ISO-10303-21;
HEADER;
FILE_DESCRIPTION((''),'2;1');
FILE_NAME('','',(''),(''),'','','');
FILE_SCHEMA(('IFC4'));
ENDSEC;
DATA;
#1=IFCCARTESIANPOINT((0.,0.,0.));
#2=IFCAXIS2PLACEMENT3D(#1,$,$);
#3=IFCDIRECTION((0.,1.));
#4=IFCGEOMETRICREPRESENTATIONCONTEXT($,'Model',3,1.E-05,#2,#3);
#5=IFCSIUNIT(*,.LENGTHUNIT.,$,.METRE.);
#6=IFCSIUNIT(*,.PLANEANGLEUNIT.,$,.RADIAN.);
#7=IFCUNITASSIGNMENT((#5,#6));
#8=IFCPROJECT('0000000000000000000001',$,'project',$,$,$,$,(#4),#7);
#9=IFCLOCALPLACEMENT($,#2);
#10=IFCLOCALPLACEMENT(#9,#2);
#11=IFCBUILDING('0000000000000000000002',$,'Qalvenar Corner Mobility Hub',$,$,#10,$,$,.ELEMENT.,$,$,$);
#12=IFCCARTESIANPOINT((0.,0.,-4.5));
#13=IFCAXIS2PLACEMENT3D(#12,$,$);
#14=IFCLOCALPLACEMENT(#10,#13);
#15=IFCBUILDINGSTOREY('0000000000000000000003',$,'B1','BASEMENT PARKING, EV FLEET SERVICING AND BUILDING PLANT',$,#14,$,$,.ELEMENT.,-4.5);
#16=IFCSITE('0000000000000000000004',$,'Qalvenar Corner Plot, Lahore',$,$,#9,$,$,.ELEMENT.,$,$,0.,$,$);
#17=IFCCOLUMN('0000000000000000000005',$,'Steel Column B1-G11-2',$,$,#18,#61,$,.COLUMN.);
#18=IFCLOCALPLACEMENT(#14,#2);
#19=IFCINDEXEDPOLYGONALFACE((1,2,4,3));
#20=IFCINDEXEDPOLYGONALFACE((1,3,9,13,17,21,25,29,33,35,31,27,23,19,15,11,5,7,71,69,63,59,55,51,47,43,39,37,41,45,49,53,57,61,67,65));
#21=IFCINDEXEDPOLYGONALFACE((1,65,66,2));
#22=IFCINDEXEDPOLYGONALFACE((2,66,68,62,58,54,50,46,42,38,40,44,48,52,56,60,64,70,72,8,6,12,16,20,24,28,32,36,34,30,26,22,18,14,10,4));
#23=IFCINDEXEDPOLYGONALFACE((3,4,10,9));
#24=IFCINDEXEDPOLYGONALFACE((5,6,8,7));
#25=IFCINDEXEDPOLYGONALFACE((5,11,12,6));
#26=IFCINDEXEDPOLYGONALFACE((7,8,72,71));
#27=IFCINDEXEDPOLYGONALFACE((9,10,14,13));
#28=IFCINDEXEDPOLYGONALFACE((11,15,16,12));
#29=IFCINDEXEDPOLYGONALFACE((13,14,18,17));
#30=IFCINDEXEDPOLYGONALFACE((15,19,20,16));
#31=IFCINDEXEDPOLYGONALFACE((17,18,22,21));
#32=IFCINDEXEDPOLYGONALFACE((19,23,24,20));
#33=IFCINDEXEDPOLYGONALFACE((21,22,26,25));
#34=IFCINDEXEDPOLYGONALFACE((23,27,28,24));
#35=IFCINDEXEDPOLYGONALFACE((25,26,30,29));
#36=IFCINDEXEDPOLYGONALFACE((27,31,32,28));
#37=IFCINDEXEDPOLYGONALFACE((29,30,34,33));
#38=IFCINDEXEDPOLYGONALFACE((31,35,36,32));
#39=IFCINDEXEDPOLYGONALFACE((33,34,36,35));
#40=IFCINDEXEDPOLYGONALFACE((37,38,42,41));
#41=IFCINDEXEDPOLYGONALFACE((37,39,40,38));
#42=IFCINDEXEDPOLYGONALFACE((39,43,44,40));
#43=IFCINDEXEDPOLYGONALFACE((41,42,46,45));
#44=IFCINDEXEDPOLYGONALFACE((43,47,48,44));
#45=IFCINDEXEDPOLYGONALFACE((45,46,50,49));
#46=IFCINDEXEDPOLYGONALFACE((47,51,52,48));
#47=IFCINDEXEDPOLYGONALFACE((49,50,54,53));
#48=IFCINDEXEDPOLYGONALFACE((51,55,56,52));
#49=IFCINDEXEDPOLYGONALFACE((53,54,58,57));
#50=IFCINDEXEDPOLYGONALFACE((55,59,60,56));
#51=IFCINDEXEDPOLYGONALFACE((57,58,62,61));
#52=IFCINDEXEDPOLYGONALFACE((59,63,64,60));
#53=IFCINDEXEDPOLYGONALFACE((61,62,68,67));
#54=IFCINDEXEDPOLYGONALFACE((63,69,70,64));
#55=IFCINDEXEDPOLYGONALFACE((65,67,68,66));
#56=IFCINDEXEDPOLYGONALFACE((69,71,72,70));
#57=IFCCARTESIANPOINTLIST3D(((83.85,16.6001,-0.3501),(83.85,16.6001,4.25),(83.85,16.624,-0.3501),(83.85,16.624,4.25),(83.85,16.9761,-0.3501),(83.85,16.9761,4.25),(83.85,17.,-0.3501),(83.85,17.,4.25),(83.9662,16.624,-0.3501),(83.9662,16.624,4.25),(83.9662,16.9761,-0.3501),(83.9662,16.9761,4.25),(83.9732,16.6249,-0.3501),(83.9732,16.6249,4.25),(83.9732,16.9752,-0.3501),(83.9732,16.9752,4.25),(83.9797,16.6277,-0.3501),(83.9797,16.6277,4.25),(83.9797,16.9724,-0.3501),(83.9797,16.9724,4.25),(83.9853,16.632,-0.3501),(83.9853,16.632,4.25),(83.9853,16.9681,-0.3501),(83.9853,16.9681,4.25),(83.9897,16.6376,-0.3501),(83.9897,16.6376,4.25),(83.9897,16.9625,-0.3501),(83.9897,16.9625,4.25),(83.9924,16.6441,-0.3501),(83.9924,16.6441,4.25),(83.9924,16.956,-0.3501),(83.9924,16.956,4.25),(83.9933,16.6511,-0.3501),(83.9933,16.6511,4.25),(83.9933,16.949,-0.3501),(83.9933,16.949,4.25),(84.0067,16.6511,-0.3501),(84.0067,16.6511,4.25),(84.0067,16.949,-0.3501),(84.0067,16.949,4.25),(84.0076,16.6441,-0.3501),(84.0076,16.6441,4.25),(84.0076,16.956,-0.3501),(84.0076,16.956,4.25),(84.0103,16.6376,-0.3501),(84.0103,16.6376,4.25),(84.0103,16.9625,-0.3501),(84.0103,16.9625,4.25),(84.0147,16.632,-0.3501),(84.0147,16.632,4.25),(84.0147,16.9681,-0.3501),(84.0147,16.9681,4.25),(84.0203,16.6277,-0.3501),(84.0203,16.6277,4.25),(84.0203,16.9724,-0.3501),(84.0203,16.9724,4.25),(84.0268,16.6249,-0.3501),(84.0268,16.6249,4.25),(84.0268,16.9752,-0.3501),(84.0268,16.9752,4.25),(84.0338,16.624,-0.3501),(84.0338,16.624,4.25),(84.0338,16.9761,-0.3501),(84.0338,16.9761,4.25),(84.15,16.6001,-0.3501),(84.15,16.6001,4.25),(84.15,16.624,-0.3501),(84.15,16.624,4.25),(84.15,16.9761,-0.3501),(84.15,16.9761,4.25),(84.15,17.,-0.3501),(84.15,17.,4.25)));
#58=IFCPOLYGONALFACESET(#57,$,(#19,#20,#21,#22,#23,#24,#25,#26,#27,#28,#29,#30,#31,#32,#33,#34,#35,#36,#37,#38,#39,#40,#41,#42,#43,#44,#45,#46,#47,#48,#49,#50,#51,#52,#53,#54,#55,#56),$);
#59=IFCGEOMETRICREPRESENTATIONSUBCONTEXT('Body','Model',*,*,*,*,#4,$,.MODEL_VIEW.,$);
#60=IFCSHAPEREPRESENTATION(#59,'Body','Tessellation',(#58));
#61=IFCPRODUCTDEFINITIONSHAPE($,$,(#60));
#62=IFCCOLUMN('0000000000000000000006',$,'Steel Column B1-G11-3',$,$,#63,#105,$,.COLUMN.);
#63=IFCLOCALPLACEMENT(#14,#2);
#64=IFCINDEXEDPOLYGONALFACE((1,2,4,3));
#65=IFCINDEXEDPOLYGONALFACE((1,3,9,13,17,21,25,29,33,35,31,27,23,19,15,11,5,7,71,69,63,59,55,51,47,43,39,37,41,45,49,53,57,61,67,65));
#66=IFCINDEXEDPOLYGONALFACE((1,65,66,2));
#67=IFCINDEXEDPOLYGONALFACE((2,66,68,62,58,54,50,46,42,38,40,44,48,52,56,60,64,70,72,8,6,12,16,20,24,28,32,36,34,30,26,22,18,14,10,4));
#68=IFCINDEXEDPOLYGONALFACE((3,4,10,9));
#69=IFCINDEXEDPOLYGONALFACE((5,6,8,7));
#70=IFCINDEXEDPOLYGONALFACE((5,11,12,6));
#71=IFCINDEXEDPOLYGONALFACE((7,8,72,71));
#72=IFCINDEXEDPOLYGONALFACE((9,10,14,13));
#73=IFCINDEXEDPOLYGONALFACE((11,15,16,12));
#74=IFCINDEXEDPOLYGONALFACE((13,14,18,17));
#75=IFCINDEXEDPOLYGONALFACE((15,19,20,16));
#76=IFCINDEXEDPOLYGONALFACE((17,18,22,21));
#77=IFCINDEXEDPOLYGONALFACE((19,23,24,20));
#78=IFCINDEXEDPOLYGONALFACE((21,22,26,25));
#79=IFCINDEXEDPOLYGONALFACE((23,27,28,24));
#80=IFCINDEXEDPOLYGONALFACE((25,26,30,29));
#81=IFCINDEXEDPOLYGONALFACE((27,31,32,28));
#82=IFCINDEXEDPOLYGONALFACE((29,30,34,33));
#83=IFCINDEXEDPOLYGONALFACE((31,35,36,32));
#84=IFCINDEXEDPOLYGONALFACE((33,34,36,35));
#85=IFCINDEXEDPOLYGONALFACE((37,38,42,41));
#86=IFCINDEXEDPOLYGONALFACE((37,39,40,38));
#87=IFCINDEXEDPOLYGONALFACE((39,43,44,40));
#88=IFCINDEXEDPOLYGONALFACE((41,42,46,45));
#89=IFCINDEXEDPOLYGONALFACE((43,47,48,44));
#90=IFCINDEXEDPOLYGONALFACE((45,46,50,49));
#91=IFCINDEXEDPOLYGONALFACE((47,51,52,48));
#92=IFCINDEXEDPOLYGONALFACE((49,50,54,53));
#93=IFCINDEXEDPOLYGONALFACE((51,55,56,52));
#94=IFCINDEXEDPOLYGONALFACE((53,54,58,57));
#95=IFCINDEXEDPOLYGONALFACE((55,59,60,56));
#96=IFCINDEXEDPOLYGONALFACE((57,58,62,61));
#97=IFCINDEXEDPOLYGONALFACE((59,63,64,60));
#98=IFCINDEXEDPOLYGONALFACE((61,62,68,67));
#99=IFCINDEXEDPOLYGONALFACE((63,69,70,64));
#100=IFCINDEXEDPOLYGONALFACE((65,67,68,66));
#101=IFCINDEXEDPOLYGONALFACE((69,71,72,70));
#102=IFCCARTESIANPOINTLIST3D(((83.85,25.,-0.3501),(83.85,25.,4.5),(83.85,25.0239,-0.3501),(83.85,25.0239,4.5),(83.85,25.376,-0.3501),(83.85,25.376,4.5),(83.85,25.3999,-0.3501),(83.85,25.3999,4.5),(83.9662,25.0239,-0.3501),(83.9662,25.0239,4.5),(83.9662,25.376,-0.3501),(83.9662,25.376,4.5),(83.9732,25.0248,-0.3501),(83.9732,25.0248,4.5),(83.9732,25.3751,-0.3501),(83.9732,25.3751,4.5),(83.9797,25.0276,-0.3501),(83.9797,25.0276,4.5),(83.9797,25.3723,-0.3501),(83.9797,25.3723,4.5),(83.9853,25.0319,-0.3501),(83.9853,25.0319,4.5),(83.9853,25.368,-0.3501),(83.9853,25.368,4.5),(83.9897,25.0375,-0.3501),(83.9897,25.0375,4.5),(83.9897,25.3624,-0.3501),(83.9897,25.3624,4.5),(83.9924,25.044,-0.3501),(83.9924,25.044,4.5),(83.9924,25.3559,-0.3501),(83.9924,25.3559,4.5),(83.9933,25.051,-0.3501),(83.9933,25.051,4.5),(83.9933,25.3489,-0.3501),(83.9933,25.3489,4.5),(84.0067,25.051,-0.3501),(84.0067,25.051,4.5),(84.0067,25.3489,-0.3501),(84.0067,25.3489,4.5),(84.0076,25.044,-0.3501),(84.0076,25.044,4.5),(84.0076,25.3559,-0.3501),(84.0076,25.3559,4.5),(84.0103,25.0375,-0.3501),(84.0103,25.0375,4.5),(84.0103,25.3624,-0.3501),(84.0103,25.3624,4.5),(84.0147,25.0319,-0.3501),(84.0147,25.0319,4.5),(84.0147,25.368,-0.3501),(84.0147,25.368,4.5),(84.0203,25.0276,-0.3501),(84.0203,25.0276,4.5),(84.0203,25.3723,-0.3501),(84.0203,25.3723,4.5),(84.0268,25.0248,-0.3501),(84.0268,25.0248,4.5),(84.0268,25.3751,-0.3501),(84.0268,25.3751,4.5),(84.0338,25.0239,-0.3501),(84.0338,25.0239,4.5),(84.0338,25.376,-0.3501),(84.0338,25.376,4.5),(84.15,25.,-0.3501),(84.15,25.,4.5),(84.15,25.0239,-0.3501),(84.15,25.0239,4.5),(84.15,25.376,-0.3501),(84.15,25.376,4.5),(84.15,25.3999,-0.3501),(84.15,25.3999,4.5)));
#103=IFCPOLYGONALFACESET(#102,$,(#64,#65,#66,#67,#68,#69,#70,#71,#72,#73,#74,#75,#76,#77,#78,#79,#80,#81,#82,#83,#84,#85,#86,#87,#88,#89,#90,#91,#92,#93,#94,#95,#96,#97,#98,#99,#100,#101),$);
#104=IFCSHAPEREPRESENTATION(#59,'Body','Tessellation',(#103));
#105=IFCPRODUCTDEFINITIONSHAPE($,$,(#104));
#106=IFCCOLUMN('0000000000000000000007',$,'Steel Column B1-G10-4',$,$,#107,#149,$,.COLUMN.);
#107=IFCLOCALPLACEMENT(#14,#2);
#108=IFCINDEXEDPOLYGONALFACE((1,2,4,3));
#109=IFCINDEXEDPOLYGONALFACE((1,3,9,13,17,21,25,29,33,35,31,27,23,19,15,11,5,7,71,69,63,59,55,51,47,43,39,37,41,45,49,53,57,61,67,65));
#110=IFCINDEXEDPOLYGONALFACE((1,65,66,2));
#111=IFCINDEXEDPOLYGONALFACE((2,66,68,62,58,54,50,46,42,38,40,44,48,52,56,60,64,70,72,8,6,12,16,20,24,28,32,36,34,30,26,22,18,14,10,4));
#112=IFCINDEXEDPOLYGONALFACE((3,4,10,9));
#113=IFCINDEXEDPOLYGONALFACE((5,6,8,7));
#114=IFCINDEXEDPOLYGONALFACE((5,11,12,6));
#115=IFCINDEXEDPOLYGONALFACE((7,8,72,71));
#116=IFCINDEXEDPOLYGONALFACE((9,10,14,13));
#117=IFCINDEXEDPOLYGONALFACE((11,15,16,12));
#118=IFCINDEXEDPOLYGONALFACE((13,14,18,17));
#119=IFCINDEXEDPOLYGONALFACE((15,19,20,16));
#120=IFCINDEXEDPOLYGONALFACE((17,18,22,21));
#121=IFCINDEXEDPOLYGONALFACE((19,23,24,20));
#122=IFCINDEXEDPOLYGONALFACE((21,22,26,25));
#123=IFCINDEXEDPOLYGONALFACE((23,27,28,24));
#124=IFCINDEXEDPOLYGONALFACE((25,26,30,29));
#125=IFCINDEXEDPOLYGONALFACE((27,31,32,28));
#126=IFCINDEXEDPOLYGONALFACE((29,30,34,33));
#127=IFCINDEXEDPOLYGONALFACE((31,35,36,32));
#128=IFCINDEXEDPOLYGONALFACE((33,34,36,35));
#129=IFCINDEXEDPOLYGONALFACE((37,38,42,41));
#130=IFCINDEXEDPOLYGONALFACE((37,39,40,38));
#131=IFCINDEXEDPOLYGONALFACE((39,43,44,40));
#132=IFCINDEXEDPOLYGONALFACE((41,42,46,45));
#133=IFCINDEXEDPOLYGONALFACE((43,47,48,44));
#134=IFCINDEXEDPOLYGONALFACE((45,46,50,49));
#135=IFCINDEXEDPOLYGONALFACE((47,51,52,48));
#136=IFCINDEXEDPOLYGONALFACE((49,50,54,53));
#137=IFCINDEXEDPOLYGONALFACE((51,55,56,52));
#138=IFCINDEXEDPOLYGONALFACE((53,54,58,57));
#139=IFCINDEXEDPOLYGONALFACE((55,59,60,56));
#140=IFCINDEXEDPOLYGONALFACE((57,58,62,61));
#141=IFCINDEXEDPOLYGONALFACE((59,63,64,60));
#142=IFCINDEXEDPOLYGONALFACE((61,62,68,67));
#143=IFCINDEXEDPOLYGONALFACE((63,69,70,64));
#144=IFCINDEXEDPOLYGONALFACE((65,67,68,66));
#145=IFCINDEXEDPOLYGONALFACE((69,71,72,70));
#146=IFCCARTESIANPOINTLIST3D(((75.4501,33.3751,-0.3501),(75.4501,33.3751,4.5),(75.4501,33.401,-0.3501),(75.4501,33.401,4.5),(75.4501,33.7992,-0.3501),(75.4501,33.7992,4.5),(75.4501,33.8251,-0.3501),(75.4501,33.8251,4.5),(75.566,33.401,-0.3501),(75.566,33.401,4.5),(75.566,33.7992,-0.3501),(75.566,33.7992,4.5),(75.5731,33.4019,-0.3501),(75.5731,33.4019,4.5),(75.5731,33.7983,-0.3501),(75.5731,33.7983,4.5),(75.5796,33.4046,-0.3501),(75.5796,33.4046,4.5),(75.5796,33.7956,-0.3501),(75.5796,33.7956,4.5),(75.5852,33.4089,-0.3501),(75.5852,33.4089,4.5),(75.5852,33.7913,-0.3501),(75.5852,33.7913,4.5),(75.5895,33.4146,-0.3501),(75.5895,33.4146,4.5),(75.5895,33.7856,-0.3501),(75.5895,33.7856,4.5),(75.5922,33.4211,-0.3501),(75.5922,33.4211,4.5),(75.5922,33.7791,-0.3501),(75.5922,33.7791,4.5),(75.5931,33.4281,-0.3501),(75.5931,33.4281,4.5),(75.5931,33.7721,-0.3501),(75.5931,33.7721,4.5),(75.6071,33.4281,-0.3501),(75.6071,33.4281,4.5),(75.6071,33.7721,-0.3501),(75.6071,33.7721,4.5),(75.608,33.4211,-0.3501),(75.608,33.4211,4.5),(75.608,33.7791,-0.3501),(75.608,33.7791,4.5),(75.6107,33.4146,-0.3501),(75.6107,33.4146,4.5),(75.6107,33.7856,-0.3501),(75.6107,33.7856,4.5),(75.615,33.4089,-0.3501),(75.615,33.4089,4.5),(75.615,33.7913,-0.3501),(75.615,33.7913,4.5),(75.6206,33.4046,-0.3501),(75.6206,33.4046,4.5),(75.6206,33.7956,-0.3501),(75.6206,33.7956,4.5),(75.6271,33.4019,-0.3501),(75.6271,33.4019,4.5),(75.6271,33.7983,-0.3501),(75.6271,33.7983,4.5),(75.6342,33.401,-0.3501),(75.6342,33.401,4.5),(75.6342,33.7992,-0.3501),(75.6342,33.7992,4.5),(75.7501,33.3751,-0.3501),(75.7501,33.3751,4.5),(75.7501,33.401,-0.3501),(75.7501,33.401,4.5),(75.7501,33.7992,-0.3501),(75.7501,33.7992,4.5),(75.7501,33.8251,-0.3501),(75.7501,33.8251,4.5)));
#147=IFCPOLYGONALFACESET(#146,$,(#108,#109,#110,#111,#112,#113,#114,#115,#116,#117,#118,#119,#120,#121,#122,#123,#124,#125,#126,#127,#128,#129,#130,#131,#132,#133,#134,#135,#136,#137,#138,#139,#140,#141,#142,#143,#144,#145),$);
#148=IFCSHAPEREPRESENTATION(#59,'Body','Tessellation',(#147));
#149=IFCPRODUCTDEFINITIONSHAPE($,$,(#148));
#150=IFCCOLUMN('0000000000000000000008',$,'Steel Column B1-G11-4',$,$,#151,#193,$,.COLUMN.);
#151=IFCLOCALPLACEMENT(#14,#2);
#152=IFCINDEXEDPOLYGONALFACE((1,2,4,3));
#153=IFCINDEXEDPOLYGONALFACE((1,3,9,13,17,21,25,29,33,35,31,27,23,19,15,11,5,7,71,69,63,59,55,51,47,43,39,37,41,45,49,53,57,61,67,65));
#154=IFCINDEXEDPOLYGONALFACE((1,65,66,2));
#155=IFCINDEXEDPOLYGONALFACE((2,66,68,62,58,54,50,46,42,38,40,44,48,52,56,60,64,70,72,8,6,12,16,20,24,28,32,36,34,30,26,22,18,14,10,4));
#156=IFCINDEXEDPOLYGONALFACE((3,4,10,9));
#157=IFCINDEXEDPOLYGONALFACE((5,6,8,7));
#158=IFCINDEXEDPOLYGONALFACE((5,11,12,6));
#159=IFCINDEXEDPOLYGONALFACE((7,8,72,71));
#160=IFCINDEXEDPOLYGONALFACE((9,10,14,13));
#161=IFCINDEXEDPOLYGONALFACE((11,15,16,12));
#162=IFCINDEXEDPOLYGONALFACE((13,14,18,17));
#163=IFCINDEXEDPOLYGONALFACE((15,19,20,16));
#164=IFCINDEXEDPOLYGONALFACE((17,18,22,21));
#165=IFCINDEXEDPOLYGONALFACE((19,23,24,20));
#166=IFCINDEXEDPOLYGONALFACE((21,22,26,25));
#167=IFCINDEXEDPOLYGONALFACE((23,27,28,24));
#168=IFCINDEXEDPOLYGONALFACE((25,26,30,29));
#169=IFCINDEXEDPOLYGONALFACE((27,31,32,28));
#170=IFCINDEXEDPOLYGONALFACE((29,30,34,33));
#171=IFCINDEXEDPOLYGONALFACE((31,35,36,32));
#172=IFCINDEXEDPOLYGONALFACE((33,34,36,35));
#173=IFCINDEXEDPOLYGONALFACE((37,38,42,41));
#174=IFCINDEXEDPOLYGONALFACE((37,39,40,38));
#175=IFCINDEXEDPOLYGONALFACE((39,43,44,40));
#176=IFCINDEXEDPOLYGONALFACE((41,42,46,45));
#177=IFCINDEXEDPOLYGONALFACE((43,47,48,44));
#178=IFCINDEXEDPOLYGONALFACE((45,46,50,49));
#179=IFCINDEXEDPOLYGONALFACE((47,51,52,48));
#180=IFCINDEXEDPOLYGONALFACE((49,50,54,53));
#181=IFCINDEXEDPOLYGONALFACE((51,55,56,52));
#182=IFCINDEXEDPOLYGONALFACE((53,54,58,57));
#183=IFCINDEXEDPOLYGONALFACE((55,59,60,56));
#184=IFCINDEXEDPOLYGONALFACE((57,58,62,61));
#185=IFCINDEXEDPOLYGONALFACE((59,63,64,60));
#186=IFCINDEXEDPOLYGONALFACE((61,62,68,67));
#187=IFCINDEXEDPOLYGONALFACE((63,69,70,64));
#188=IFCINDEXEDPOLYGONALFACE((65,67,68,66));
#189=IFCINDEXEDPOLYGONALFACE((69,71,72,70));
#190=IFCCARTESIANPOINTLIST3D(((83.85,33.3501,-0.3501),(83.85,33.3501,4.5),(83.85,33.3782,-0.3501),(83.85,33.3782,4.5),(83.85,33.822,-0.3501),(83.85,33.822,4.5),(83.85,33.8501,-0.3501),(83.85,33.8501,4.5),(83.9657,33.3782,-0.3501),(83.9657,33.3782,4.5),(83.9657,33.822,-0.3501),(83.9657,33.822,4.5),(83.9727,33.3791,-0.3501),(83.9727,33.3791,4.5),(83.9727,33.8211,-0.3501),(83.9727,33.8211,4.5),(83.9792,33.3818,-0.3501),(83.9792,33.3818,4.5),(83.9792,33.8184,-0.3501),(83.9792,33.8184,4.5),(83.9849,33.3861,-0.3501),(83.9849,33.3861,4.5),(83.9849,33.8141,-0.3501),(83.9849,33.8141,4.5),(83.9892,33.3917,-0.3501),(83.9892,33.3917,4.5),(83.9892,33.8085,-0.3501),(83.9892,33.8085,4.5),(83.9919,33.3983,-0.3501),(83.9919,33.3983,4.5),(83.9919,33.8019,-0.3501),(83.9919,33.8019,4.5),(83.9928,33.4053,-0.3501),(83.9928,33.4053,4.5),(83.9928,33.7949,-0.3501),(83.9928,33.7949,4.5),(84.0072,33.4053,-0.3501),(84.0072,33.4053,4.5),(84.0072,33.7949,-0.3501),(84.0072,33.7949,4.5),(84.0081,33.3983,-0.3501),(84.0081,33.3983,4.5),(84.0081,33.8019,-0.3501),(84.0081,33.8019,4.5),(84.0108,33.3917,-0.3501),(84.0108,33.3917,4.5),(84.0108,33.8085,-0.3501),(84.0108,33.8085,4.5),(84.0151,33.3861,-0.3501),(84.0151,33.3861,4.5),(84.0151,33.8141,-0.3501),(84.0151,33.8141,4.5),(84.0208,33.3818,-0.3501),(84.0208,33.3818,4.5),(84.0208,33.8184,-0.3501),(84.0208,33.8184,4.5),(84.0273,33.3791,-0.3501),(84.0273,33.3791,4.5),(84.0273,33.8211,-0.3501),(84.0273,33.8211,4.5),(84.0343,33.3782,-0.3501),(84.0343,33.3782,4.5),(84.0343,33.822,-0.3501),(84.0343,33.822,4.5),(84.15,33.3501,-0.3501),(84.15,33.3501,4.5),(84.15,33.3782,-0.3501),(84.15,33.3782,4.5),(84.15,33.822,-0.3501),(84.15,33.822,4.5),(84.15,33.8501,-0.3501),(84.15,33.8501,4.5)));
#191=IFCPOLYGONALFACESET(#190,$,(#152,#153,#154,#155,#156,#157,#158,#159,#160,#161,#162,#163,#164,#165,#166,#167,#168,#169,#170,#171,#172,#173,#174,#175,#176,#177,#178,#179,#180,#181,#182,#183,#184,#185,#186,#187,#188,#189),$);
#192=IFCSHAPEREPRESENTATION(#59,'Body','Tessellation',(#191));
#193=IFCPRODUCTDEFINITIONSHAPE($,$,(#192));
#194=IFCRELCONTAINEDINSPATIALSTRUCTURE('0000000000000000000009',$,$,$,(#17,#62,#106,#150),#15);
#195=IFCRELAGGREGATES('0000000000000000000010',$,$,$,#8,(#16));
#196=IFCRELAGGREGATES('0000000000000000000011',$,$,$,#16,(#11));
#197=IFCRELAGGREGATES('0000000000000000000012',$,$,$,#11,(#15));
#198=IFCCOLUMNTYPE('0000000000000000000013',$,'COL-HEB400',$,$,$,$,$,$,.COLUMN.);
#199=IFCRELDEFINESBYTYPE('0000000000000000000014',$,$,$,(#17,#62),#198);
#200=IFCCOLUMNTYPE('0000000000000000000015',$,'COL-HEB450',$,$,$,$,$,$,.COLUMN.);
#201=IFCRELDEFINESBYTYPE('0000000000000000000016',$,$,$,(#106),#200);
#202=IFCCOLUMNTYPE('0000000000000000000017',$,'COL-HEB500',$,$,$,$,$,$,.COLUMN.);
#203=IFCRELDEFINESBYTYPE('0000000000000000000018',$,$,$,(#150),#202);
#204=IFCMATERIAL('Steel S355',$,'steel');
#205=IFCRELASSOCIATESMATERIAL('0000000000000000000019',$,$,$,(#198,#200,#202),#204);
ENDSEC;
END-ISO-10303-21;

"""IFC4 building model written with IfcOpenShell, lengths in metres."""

from ifc_helpers import new_model, si_unit, direction, frame, origin, origin_2d, place, context, subcontext, project, spatial, i_section, extrude, material, material_profile, profile_set, type_object, element, save


model = new_model("IFC4")

# Units and contexts
model_context = context("Model", 3, precision=1e-05, world=origin(), true_north=direction((0.0, 1.0)))
body_context = subcontext(model_context, "Body", "Model", "MODEL_VIEW")
ifc_project = project(units=[si_unit("LENGTHUNIT", "METRE"), si_unit("PLANEANGLEUNIT", "RADIAN")], contexts=[model_context])

# Site, building, storey
site_placement = place(None, origin())
site = spatial("IfcSite", under=ifc_project, at=site_placement, Name="Qalvenar Corner Plot, Lahore", CompositionType="ELEMENT", RefElevation=0.0)
building_placement = place(site_placement, origin())
building = spatial("IfcBuilding", under=site, at=building_placement, Name="Qalvenar Corner Mobility Hub", CompositionType="ELEMENT")
storey_placement = place(building_placement, frame((0.0, 0.0, -4.5)))
storey = spatial("IfcBuildingStorey", under=building, at=storey_placement, Name="B1", Description="BASEMENT PARKING, EV FLEET SERVICING AND BUILDING PLANT", CompositionType="ELEMENT", Elevation=-4.5)

# Columns
ifc_material_1 = material(Name="Steel S355", Category="steel")
ifc_material_profile_1 = material_profile(ifc_material_1, i_section(OverallWidth=0.3, OverallDepth=0.3999, WebThickness=0.0134, FlangeThickness=0.0239, FilletRadius=0.0271, at=origin_2d()), Name="HEB400")
ifc_profile_set_1 = profile_set([ifc_material_profile_1], Name="Steel S355")
column_type_1 = type_object("IfcColumnType", Name="COL-HEB400", PredefinedType="COLUMN", material=ifc_profile_set_1)
column_1_placement = place(storey_placement, frame((84.0, 16.8, -0.3501), z_axis=(0.0, 0.0, 1.0), x_axis=(1.0, 0.0, 0.0)))
element("IfcColumn", 1, at=column_1_placement, inside=storey, type_object=column_type_1, Name="Steel Column B1-G11-2", PredefinedType="COLUMN", context=body_context, shape_type="SweptSolid", body=[
    extrude(i_section(OverallWidth=0.3, OverallDepth=0.3999, WebThickness=0.0134, FlangeThickness=0.0239, FilletRadius=0.0271, at=origin_2d()), origin(), (0.0, 0.0, 1.0), 4.6001),
])
column_2_placement = place(storey_placement, frame((84.0, 25.2, -0.3501), z_axis=(0.0, 0.0, 1.0), x_axis=(1.0, 0.0, 0.0)))
element("IfcColumn", 2, at=column_2_placement, inside=storey, type_object=column_type_1, Name="Steel Column B1-G11-3", PredefinedType="COLUMN", context=body_context, shape_type="SweptSolid", body=[
    extrude(i_section(OverallWidth=0.3, OverallDepth=0.3999, WebThickness=0.0134, FlangeThickness=0.0239, FilletRadius=0.0271, at=origin_2d()), origin(), (0.0, 0.0, 1.0), 4.8501),
])
ifc_material_profile_2 = material_profile(ifc_material_1, i_section(OverallWidth=0.3, OverallDepth=0.45, WebThickness=0.0139, FlangeThickness=0.0259, FilletRadius=0.0271, at=origin_2d()), Name="HEB450")
ifc_profile_set_2 = profile_set([ifc_material_profile_2], Name="Steel S355")
column_type_2 = type_object("IfcColumnType", Name="COL-HEB450", PredefinedType="COLUMN", material=ifc_profile_set_2)
column_3_placement = place(storey_placement, frame((75.6001, 33.6001, -0.3501), z_axis=(0.0, 0.0, 1.0), x_axis=(1.0, 0.0, 0.0)))
element("IfcColumn", 3, at=column_3_placement, inside=storey, type_object=column_type_2, Name="Steel Column B1-G10-4", PredefinedType="COLUMN", context=body_context, shape_type="SweptSolid", body=[
    extrude(i_section(OverallWidth=0.3, OverallDepth=0.45, WebThickness=0.0139, FlangeThickness=0.0259, FilletRadius=0.0271, at=origin_2d()), origin(), (0.0, 0.0, 1.0), 4.8501),
])
ifc_material_profile_3 = material_profile(ifc_material_1, i_section(OverallWidth=0.3, OverallDepth=0.5, WebThickness=0.0144, FlangeThickness=0.0281, FilletRadius=0.0271, at=origin_2d()), Name="HEB500")
ifc_profile_set_3 = profile_set([ifc_material_profile_3], Name="Steel S355")
column_type_3 = type_object("IfcColumnType", Name="COL-HEB500", PredefinedType="COLUMN", material=ifc_profile_set_3)
column_4_placement = place(storey_placement, frame((84.0, 33.6001, -0.3501), z_axis=(0.0, 0.0, 1.0), x_axis=(1.0, 0.0, 0.0)))
element("IfcColumn", 4, at=column_4_placement, inside=storey, type_object=column_type_3, Name="Steel Column B1-G11-4", PredefinedType="COLUMN", context=body_context, shape_type="SweptSolid", body=[
    extrude(i_section(OverallWidth=0.3, OverallDepth=0.5, WebThickness=0.0144, FlangeThickness=0.0281, FilletRadius=0.0271, at=origin_2d()), origin(), (0.0, 0.0, 1.0), 4.8501),
])

save(model, "model.ifc")
